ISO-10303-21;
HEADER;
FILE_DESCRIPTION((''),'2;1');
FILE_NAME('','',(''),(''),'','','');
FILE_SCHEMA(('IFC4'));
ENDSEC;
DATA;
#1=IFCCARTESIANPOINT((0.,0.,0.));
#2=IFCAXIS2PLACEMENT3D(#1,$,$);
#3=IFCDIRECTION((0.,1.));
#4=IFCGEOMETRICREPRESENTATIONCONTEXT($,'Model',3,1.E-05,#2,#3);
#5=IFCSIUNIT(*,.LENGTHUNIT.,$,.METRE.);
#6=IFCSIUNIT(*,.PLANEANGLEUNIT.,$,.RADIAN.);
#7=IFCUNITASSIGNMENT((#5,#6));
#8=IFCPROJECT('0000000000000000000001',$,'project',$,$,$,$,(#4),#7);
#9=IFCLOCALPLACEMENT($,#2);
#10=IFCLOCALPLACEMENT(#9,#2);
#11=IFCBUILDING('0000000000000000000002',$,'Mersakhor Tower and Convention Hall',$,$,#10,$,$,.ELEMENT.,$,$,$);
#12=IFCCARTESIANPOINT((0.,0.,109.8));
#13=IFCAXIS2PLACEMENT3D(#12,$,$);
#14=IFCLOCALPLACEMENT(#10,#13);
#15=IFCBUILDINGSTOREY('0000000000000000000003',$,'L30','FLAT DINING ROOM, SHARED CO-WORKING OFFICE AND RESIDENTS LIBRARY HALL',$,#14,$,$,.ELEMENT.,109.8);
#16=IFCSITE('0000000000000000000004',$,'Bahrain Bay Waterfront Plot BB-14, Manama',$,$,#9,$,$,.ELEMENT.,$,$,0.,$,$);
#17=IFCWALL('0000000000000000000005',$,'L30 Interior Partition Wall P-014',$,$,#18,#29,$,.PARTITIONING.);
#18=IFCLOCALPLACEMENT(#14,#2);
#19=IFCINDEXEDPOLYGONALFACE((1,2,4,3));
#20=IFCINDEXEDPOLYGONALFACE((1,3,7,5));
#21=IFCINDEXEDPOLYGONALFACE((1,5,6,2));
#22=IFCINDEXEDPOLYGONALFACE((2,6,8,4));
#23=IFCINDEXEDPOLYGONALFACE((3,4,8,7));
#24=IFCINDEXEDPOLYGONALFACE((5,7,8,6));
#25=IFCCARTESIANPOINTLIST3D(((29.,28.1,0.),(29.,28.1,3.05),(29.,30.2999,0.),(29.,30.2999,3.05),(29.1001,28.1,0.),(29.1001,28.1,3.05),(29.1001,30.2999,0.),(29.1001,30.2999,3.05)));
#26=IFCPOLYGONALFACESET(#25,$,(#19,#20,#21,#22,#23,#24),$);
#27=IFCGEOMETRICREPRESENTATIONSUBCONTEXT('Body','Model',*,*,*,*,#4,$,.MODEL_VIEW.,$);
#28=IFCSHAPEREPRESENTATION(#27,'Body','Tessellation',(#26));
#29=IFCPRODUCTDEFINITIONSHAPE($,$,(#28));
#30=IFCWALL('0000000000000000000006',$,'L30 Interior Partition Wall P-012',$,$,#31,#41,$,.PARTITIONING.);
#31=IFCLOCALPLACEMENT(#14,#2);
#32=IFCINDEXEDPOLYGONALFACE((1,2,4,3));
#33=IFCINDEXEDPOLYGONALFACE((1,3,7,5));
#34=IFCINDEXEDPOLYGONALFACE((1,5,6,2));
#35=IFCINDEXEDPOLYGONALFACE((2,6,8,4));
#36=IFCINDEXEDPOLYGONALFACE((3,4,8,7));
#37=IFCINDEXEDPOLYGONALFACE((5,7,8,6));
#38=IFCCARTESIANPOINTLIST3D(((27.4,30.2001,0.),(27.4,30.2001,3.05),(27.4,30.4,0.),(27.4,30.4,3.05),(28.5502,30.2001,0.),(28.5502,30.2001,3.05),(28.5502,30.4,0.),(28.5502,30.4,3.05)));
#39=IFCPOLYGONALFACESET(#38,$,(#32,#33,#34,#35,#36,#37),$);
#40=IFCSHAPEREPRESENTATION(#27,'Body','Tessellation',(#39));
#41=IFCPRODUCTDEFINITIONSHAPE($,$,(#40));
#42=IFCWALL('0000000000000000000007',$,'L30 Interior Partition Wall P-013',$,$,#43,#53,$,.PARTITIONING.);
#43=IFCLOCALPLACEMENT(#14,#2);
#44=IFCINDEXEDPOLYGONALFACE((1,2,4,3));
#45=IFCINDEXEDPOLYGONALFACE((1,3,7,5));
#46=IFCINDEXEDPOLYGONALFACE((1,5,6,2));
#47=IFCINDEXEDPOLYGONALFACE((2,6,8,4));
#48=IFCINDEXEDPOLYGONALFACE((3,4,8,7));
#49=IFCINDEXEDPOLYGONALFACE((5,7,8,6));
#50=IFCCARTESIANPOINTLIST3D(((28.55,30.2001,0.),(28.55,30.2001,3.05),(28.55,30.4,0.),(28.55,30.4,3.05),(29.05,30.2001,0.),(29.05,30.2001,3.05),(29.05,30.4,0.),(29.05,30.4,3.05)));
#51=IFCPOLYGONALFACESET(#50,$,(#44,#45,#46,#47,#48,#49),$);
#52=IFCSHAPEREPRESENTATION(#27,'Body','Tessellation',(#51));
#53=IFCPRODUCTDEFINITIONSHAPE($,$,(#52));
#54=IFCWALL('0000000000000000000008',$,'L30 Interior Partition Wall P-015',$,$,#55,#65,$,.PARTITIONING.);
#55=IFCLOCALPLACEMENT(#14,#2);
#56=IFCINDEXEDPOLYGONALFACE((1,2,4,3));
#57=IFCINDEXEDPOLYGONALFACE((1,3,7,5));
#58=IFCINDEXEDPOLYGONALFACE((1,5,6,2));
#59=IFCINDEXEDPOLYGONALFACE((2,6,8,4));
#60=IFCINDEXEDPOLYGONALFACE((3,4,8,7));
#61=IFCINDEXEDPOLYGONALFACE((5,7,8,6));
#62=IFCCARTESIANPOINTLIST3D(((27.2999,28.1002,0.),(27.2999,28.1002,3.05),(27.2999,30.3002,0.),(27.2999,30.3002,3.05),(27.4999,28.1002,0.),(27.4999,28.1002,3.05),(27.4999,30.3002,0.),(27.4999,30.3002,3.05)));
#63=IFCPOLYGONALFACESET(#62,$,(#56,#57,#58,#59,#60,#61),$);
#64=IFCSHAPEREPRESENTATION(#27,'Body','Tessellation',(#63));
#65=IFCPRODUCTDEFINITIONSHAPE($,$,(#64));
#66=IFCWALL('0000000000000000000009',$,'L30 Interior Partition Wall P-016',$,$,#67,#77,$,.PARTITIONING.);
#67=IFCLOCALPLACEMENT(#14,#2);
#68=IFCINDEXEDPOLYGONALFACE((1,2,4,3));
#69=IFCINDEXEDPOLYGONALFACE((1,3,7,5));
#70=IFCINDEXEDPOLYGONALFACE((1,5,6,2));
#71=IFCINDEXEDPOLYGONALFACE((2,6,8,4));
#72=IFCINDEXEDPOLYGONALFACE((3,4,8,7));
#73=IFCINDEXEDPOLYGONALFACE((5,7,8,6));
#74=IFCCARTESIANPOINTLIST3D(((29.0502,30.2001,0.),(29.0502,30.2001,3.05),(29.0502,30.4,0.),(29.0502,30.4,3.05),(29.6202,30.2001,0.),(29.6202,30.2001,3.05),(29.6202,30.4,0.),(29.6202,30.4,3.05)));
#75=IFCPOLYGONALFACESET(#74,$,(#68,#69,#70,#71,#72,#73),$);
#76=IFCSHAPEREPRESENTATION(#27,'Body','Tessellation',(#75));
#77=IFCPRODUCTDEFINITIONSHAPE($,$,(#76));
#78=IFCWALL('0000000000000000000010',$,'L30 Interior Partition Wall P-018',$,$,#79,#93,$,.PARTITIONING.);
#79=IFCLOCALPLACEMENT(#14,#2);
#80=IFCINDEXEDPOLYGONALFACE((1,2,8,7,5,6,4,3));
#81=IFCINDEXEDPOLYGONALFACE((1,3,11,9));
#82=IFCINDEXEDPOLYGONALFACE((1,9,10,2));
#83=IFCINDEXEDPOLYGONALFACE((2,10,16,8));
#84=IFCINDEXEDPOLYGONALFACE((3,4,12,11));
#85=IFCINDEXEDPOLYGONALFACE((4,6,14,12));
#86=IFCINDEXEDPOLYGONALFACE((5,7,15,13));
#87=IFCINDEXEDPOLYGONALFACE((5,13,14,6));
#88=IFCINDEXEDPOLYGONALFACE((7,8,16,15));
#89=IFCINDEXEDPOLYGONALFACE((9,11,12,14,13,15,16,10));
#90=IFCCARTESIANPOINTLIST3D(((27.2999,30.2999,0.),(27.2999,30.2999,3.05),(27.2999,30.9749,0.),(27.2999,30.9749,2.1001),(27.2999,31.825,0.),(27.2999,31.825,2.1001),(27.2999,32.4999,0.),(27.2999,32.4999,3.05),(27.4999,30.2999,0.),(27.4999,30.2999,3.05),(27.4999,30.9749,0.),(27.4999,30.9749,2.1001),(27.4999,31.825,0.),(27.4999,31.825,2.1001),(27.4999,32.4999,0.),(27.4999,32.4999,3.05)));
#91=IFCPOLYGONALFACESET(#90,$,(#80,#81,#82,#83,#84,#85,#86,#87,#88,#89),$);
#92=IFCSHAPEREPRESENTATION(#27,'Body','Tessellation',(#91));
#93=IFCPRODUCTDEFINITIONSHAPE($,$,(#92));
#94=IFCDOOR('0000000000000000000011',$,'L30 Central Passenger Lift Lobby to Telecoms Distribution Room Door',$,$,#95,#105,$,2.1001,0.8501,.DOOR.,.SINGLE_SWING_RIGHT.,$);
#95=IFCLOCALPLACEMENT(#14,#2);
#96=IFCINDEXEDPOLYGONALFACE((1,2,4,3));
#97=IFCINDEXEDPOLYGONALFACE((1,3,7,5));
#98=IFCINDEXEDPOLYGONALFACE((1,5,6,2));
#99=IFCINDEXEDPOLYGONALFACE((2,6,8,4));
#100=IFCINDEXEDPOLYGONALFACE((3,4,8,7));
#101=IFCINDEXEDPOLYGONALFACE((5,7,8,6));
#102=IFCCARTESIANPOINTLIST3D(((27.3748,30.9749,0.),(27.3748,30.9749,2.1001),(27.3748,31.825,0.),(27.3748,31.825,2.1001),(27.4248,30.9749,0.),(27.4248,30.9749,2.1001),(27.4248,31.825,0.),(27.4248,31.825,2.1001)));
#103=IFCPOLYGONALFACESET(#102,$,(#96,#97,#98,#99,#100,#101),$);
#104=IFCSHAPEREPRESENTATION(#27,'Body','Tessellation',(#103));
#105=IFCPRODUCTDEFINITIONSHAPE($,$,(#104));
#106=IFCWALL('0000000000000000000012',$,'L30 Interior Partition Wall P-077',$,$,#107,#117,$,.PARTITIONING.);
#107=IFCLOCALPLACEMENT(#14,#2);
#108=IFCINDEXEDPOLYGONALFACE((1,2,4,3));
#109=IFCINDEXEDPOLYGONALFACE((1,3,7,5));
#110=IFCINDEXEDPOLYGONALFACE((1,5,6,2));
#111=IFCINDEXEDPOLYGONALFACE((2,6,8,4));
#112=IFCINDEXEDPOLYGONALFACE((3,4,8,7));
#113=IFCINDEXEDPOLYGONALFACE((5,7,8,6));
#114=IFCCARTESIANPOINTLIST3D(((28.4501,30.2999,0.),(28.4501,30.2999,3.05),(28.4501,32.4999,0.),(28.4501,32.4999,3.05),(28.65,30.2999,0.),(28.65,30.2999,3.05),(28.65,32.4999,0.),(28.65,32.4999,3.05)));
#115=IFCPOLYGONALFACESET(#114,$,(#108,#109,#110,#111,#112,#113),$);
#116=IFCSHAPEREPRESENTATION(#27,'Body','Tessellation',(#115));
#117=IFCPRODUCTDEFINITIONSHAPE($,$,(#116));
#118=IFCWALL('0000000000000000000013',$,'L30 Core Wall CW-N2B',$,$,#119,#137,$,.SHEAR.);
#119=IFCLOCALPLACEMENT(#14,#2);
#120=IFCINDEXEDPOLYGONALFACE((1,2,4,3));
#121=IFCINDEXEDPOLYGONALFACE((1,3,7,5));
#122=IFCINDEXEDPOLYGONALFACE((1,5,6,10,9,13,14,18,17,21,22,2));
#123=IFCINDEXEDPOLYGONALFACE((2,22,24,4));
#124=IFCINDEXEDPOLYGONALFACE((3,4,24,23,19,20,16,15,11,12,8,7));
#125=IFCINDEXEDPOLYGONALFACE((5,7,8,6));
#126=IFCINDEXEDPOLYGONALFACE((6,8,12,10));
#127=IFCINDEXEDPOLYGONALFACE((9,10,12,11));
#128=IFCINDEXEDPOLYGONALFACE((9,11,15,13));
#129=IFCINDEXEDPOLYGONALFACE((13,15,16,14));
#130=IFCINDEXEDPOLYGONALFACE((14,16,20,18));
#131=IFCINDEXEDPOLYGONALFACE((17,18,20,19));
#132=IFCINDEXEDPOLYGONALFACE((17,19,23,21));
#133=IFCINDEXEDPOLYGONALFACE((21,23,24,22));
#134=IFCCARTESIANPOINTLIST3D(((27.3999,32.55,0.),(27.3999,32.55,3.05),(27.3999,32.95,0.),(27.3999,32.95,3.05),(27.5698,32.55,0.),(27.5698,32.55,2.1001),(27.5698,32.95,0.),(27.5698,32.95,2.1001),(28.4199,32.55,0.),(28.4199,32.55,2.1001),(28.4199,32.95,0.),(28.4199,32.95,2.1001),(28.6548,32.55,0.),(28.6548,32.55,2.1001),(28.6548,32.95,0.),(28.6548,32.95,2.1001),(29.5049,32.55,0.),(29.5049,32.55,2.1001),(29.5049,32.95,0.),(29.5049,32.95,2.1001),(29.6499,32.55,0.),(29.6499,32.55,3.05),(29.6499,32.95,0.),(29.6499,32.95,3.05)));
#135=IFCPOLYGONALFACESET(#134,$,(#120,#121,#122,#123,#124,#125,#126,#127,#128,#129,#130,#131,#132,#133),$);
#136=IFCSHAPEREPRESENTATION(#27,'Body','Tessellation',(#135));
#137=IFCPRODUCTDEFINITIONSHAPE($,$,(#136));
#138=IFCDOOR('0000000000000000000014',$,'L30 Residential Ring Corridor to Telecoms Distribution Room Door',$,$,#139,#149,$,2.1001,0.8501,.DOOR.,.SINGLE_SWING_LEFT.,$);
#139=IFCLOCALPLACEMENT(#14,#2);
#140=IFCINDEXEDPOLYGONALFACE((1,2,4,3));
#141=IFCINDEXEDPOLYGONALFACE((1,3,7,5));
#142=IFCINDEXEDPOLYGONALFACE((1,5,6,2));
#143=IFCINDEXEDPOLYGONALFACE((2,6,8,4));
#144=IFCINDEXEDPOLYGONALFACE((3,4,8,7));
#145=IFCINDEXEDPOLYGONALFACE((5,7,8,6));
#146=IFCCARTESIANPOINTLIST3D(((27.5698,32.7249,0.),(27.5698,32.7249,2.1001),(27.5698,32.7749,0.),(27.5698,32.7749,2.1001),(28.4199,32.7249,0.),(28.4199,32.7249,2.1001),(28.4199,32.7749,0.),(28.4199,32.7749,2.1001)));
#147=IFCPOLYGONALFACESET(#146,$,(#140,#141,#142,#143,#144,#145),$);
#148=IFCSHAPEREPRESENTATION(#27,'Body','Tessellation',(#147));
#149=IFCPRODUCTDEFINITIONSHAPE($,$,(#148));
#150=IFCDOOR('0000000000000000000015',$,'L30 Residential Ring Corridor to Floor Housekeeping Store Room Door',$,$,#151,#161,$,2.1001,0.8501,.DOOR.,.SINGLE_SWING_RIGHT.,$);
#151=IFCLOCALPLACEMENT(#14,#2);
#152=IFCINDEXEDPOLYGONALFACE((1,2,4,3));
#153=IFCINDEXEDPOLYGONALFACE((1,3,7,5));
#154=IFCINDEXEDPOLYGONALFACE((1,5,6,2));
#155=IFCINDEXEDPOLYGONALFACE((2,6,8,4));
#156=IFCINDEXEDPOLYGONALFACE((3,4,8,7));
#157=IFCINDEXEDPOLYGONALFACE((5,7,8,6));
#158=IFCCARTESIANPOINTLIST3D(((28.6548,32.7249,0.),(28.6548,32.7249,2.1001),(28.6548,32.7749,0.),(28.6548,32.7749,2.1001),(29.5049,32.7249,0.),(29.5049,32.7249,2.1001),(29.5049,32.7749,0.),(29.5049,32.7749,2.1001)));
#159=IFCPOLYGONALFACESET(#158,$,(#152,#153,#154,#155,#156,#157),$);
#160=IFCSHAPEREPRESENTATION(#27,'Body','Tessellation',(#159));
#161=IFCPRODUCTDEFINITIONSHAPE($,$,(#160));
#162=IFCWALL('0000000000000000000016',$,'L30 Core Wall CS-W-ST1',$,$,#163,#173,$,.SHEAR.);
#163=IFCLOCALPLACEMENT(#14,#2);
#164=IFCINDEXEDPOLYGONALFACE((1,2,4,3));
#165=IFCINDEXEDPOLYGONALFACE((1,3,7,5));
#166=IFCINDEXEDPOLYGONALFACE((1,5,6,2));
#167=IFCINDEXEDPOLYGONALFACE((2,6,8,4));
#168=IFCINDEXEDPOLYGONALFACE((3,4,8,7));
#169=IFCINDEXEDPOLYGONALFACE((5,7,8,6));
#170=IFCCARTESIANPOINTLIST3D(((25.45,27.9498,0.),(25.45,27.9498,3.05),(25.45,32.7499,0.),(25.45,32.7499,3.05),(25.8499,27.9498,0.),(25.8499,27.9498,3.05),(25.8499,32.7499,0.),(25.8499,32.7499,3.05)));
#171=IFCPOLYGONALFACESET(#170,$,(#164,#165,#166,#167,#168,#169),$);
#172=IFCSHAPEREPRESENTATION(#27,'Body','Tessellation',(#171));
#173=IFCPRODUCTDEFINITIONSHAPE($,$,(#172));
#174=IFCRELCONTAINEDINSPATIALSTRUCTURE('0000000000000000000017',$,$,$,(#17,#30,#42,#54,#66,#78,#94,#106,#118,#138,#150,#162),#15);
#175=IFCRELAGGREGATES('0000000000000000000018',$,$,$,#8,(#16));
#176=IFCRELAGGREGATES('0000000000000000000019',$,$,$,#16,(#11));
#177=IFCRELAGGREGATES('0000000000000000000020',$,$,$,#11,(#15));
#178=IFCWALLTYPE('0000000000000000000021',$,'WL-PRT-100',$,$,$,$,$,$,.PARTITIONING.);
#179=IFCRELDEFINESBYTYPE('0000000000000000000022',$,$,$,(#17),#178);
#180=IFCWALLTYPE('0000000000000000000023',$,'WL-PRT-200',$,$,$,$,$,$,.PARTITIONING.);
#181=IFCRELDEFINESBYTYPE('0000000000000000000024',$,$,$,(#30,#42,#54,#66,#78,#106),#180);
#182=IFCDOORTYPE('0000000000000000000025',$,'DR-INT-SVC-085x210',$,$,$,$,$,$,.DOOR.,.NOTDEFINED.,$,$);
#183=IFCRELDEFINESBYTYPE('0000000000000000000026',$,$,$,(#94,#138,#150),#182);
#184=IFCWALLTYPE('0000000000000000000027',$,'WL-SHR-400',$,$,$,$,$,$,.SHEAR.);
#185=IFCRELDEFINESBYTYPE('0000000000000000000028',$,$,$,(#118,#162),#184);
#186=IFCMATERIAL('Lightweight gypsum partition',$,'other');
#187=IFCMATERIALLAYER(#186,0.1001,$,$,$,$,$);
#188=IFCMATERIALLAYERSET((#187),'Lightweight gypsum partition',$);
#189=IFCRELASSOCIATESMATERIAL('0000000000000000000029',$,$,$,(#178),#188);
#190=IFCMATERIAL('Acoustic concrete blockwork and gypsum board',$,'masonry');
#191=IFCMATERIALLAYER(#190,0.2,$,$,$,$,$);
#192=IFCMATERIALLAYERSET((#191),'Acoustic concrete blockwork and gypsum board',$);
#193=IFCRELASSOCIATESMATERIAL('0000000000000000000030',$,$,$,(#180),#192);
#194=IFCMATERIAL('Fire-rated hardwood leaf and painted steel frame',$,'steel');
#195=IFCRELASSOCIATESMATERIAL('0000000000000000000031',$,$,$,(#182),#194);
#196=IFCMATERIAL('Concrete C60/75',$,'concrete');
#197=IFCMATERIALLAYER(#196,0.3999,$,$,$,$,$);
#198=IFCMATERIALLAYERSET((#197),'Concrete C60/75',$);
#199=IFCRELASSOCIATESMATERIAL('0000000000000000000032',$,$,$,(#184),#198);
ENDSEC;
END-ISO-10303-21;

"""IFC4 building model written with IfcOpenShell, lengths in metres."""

from ifc_helpers import new_model, si_unit, direction, frame, frame_2d, origin, place, context, subcontext, project, spatial, rectangle, extrude, material, layer, layer_set, type_object, element, fill, save


model = new_model("IFC4")

# Units and contexts
model_context = context("Model", 3, precision=1e-05, world=origin(), true_north=direction((0.0, 1.0)))
body_context = subcontext(model_context, "Body", "Model", "MODEL_VIEW")
ifc_project = project(units=[si_unit("LENGTHUNIT", "METRE"), si_unit("PLANEANGLEUNIT", "RADIAN")], contexts=[model_context])

# Site, building, storey
site_placement = place(None, origin())
site = spatial("IfcSite", under=ifc_project, at=site_placement, Name="Bahrain Bay Waterfront Plot BB-14, Manama", CompositionType="ELEMENT", RefElevation=0.0)
building_placement = place(site_placement, origin())
building = spatial("IfcBuilding", under=site, at=building_placement, Name="Mersakhor Tower and Convention Hall", CompositionType="ELEMENT")
storey_placement = place(building_placement, frame((0.0, 0.0, 109.8)))
storey = spatial("IfcBuildingStorey", under=building, at=storey_placement, Name="L30", Description="FLAT DINING ROOM, SHARED CO-WORKING OFFICE AND RESIDENTS LIBRARY HALL", CompositionType="ELEMENT", Elevation=109.8)

# Wall
ifc_material_1 = material(Name="Lightweight gypsum partition", Category="other")
ifc_layer_1 = layer(ifc_material_1, 0.1001)
ifc_layer_set_1 = layer_set([ifc_layer_1], Name="Lightweight gypsum partition")
wall_type_1 = type_object("IfcWallType", Name="WL-PRT-100", PredefinedType="PARTITIONING", material=ifc_layer_set_1)
wall_1_placement = place(storey_placement, frame((29.05, 30.3, 0.0), z_axis=(0.0, 0.0, 1.0), x_axis=(0.0, -1.0, 0.0)))
element("IfcWall", 1, at=wall_1_placement, inside=storey, type_object=wall_type_1, Name="L30 Interior Partition Wall P-014", PredefinedType="PARTITIONING", context=body_context, shape_type="SweptSolid", body=[
    extrude(rectangle(XDim=2.2, YDim=0.1001, at=frame_2d((1.1001, 0.0))), origin(), (0.0, 0.0, 1.0), 3.05),
])

# Shared definitions
ifc_material_2 = material(Name="Acoustic concrete blockwork and gypsum board", Category="masonry")
ifc_layer_2 = layer(ifc_material_2, 0.2)
ifc_layer_set_2 = layer_set([ifc_layer_2], Name="Acoustic concrete blockwork and gypsum board")
wall_type_2 = type_object("IfcWallType", Name="WL-PRT-200", PredefinedType="PARTITIONING", material=ifc_layer_set_2)

# Walls
wall_2_placement = place(storey_placement, frame((27.3999, 30.3, 0.0), z_axis=(0.0, 0.0, 1.0), x_axis=(1.0, 0.0, 0.0)))
element("IfcWall", 2, at=wall_2_placement, inside=storey, type_object=wall_type_2, Name="L30 Interior Partition Wall P-012", PredefinedType="PARTITIONING", context=body_context, shape_type="SweptSolid", body=[
    extrude(rectangle(XDim=1.1501, YDim=0.2, at=frame_2d((0.5752, 0.0))), origin(), (0.0, 0.0, 1.0), 3.05),
])
wall_3_placement = place(storey_placement, frame((28.55, 30.3, 0.0), z_axis=(0.0, 0.0, 1.0), x_axis=(1.0, 0.0, 0.0)))
element("IfcWall", 3, at=wall_3_placement, inside=storey, type_object=wall_type_2, Name="L30 Interior Partition Wall P-013", PredefinedType="PARTITIONING", context=body_context, shape_type="SweptSolid", body=[
    extrude(rectangle(XDim=0.5, YDim=0.2, at=frame_2d((0.25, 0.0))), origin(), (0.0, 0.0, 1.0), 3.05),
])
wall_4_placement = place(storey_placement, frame((27.3999, 28.1001, 0.0), z_axis=(0.0, 0.0, 1.0), x_axis=(0.0, 1.0, 0.0)))
element("IfcWall", 4, at=wall_4_placement, inside=storey, type_object=wall_type_2, Name="L30 Interior Partition Wall P-015", PredefinedType="PARTITIONING", context=body_context, shape_type="SweptSolid", body=[
    extrude(rectangle(XDim=2.2, YDim=0.2, at=frame_2d((1.1001, 0.0))), origin(), (0.0, 0.0, 1.0), 3.05),
])
wall_5_placement = place(storey_placement, frame((29.05, 30.3, 0.0), z_axis=(0.0, 0.0, 1.0), x_axis=(1.0, 0.0, 0.0)))
element("IfcWall", 5, at=wall_5_placement, inside=storey, type_object=wall_type_2, Name="L30 Interior Partition Wall P-016", PredefinedType="PARTITIONING", context=body_context, shape_type="SweptSolid", body=[
    extrude(rectangle(XDim=0.5701, YDim=0.2, at=frame_2d((0.2852, 0.0))), origin(), (0.0, 0.0, 1.0), 3.05),
])

# Wall, opening, door
wall_6_placement = place(storey_placement, frame((27.3999, 32.5, 0.0), z_axis=(0.0, 0.0, 1.0), x_axis=(0.0, -1.0, 0.0)))
wall_6 = element("IfcWall", 6, at=wall_6_placement, inside=storey, type_object=wall_type_2, Name="L30 Interior Partition Wall P-018", PredefinedType="PARTITIONING", context=body_context, shape_type="SweptSolid", body=[
    extrude(rectangle(XDim=2.2, YDim=0.2, at=frame_2d((1.1001, 0.0))), origin(), (0.0, 0.0, 1.0), 3.05),
])
opening_1_placement = place(wall_6_placement, frame((0.675, 0.0, 0.0)))
opening_1 = element("IfcOpeningElement", 7, at=opening_1_placement, cuts=wall_6, PredefinedType="OPENING", context=body_context, shape_type="SweptSolid", body=[
    extrude(rectangle(XDim=0.8501, YDim=2.1001, at=frame_2d((0.425, 1.05))), frame((0.0, 0.1099, 0.0), z_axis=(0.0, -1.0, 0.0), x_axis=(1.0, 0.0, 0.0)), (0.0, 0.0, 1.0), 0.22),
])
ifc_material_3 = material(Name="Fire-rated hardwood leaf and painted steel frame", Category="steel")
door_type_1 = type_object("IfcDoorType", Name="DR-INT-SVC-085x210", OperationType="NOTDEFINED", PredefinedType="DOOR", material=ifc_material_3)
door_1_placement = place(opening_1_placement, origin())
door_1 = element("IfcDoor", 8, at=door_1_placement, inside=storey, type_object=door_type_1, Name="L30 Central Passenger Lift Lobby to Telecoms Distribution Room Door", OperationType="SINGLE_SWING_RIGHT", OverallHeight=2.1001, OverallWidth=0.8501, PredefinedType="DOOR", context=body_context, shape_type="SweptSolid", body=[
    extrude(rectangle(XDim=0.8501, YDim=2.1001, at=frame_2d((0.425, 1.05))), frame((0.0, 0.0249, 0.0), z_axis=(0.0, -1.0, 0.0), x_axis=(1.0, 0.0, 0.0)), (0.0, 0.0, 1.0), 0.05),
])
fill(opening_1, door_1)

# Wall
wall_7_placement = place(storey_placement, frame((28.55, 32.5, 0.0), z_axis=(0.0, 0.0, 1.0), x_axis=(0.0, -1.0, 0.0)))
element("IfcWall", 9, at=wall_7_placement, inside=storey, type_object=wall_type_2, Name="L30 Interior Partition Wall P-077", PredefinedType="PARTITIONING", context=body_context, shape_type="SweptSolid", body=[
    extrude(rectangle(XDim=2.2, YDim=0.2, at=frame_2d((1.1001, 0.0))), origin(), (0.0, 0.0, 1.0), 3.05),
])

# Shared definitions
ifc_material_4 = material(Name="Concrete C60/75", Category="concrete")
ifc_layer_3 = layer(ifc_material_4, 0.3999)
ifc_layer_set_3 = layer_set([ifc_layer_3], Name="Concrete C60/75")
wall_type_3 = type_object("IfcWallType", Name="WL-SHR-400", PredefinedType="SHEAR", material=ifc_layer_set_3)

# Wall, openings, doors
wall_8_placement = place(storey_placement, frame((27.3999, 32.75, 0.0), z_axis=(0.0, 0.0, 1.0), x_axis=(1.0, 0.0, 0.0)))
wall_8 = element("IfcWall", 10, at=wall_8_placement, inside=storey, type_object=wall_type_3, Name="L30 Core Wall CW-N2B", PredefinedType="SHEAR", context=body_context, shape_type="SweptSolid", body=[
    extrude(rectangle(XDim=2.25, YDim=0.3999, at=frame_2d((1.125, 0.0))), origin(), (0.0, 0.0, 1.0), 3.05),
])
opening_2_placement = place(wall_8_placement, frame((0.1699, 0.0, 0.0)))
opening_2 = element("IfcOpeningElement", 11, at=opening_2_placement, cuts=wall_8, PredefinedType="OPENING", context=body_context, shape_type="SweptSolid", body=[
    extrude(rectangle(XDim=0.8501, YDim=2.1001, at=frame_2d((0.425, 1.05))), frame((0.0, 0.21, 0.0), z_axis=(0.0, -1.0, 0.0), x_axis=(1.0, 0.0, 0.0)), (0.0, 0.0, 1.0), 0.4199),
])
opening_3_placement = place(wall_8_placement, frame((1.2549, 0.0, 0.0)))
opening_3 = element("IfcOpeningElement", 12, at=opening_3_placement, cuts=wall_8, PredefinedType="OPENING", context=body_context, shape_type="SweptSolid", body=[
    extrude(rectangle(XDim=0.8501, YDim=2.1001, at=frame_2d((0.425, 1.05))), frame((0.0, 0.21, 0.0), z_axis=(0.0, -1.0, 0.0), x_axis=(1.0, 0.0, 0.0)), (0.0, 0.0, 1.0), 0.4199),
])
door_2_placement = place(opening_2_placement, origin())
door_2 = element("IfcDoor", 13, at=door_2_placement, inside=storey, type_object=door_type_1, Name="L30 Residential Ring Corridor to Telecoms Distribution Room Door", OperationType="SINGLE_SWING_LEFT", OverallHeight=2.1001, OverallWidth=0.8501, PredefinedType="DOOR", context=body_context, shape_type="SweptSolid", body=[
    extrude(rectangle(XDim=0.8501, YDim=2.1001, at=frame_2d((0.425, 1.05))), frame((0.0, 0.0249, 0.0), z_axis=(0.0, -1.0, 0.0), x_axis=(1.0, 0.0, 0.0)), (0.0, 0.0, 1.0), 0.05),
])
fill(opening_2, door_2)
door_3_placement = place(opening_3_placement, origin())
door_3 = element("IfcDoor", 14, at=door_3_placement, inside=storey, type_object=door_type_1, Name="L30 Residential Ring Corridor to Floor Housekeeping Store Room Door", OperationType="SINGLE_SWING_RIGHT", OverallHeight=2.1001, OverallWidth=0.8501, PredefinedType="DOOR", context=body_context, shape_type="SweptSolid", body=[
    extrude(rectangle(XDim=0.8501, YDim=2.1001, at=frame_2d((0.425, 1.05))), frame((0.0, 0.0249, 0.0), z_axis=(0.0, -1.0, 0.0), x_axis=(1.0, 0.0, 0.0)), (0.0, 0.0, 1.0), 0.05),
])
fill(opening_3, door_3)

# Wall
wall_9_placement = place(storey_placement, frame((25.6499, 27.95, 0.0), z_axis=(0.0, 0.0, 1.0), x_axis=(0.0, 1.0, 0.0)))
element("IfcWall", 15, at=wall_9_placement, inside=storey, type_object=wall_type_3, Name="L30 Core Wall CS-W-ST1", PredefinedType="SHEAR", context=body_context, shape_type="SweptSolid", body=[
    extrude(rectangle(XDim=4.8, YDim=0.3999, at=frame_2d((2.3999, 0.0))), origin(), (0.0, 0.0, 1.0), 3.05),
])

save(model, "model.ifc")
